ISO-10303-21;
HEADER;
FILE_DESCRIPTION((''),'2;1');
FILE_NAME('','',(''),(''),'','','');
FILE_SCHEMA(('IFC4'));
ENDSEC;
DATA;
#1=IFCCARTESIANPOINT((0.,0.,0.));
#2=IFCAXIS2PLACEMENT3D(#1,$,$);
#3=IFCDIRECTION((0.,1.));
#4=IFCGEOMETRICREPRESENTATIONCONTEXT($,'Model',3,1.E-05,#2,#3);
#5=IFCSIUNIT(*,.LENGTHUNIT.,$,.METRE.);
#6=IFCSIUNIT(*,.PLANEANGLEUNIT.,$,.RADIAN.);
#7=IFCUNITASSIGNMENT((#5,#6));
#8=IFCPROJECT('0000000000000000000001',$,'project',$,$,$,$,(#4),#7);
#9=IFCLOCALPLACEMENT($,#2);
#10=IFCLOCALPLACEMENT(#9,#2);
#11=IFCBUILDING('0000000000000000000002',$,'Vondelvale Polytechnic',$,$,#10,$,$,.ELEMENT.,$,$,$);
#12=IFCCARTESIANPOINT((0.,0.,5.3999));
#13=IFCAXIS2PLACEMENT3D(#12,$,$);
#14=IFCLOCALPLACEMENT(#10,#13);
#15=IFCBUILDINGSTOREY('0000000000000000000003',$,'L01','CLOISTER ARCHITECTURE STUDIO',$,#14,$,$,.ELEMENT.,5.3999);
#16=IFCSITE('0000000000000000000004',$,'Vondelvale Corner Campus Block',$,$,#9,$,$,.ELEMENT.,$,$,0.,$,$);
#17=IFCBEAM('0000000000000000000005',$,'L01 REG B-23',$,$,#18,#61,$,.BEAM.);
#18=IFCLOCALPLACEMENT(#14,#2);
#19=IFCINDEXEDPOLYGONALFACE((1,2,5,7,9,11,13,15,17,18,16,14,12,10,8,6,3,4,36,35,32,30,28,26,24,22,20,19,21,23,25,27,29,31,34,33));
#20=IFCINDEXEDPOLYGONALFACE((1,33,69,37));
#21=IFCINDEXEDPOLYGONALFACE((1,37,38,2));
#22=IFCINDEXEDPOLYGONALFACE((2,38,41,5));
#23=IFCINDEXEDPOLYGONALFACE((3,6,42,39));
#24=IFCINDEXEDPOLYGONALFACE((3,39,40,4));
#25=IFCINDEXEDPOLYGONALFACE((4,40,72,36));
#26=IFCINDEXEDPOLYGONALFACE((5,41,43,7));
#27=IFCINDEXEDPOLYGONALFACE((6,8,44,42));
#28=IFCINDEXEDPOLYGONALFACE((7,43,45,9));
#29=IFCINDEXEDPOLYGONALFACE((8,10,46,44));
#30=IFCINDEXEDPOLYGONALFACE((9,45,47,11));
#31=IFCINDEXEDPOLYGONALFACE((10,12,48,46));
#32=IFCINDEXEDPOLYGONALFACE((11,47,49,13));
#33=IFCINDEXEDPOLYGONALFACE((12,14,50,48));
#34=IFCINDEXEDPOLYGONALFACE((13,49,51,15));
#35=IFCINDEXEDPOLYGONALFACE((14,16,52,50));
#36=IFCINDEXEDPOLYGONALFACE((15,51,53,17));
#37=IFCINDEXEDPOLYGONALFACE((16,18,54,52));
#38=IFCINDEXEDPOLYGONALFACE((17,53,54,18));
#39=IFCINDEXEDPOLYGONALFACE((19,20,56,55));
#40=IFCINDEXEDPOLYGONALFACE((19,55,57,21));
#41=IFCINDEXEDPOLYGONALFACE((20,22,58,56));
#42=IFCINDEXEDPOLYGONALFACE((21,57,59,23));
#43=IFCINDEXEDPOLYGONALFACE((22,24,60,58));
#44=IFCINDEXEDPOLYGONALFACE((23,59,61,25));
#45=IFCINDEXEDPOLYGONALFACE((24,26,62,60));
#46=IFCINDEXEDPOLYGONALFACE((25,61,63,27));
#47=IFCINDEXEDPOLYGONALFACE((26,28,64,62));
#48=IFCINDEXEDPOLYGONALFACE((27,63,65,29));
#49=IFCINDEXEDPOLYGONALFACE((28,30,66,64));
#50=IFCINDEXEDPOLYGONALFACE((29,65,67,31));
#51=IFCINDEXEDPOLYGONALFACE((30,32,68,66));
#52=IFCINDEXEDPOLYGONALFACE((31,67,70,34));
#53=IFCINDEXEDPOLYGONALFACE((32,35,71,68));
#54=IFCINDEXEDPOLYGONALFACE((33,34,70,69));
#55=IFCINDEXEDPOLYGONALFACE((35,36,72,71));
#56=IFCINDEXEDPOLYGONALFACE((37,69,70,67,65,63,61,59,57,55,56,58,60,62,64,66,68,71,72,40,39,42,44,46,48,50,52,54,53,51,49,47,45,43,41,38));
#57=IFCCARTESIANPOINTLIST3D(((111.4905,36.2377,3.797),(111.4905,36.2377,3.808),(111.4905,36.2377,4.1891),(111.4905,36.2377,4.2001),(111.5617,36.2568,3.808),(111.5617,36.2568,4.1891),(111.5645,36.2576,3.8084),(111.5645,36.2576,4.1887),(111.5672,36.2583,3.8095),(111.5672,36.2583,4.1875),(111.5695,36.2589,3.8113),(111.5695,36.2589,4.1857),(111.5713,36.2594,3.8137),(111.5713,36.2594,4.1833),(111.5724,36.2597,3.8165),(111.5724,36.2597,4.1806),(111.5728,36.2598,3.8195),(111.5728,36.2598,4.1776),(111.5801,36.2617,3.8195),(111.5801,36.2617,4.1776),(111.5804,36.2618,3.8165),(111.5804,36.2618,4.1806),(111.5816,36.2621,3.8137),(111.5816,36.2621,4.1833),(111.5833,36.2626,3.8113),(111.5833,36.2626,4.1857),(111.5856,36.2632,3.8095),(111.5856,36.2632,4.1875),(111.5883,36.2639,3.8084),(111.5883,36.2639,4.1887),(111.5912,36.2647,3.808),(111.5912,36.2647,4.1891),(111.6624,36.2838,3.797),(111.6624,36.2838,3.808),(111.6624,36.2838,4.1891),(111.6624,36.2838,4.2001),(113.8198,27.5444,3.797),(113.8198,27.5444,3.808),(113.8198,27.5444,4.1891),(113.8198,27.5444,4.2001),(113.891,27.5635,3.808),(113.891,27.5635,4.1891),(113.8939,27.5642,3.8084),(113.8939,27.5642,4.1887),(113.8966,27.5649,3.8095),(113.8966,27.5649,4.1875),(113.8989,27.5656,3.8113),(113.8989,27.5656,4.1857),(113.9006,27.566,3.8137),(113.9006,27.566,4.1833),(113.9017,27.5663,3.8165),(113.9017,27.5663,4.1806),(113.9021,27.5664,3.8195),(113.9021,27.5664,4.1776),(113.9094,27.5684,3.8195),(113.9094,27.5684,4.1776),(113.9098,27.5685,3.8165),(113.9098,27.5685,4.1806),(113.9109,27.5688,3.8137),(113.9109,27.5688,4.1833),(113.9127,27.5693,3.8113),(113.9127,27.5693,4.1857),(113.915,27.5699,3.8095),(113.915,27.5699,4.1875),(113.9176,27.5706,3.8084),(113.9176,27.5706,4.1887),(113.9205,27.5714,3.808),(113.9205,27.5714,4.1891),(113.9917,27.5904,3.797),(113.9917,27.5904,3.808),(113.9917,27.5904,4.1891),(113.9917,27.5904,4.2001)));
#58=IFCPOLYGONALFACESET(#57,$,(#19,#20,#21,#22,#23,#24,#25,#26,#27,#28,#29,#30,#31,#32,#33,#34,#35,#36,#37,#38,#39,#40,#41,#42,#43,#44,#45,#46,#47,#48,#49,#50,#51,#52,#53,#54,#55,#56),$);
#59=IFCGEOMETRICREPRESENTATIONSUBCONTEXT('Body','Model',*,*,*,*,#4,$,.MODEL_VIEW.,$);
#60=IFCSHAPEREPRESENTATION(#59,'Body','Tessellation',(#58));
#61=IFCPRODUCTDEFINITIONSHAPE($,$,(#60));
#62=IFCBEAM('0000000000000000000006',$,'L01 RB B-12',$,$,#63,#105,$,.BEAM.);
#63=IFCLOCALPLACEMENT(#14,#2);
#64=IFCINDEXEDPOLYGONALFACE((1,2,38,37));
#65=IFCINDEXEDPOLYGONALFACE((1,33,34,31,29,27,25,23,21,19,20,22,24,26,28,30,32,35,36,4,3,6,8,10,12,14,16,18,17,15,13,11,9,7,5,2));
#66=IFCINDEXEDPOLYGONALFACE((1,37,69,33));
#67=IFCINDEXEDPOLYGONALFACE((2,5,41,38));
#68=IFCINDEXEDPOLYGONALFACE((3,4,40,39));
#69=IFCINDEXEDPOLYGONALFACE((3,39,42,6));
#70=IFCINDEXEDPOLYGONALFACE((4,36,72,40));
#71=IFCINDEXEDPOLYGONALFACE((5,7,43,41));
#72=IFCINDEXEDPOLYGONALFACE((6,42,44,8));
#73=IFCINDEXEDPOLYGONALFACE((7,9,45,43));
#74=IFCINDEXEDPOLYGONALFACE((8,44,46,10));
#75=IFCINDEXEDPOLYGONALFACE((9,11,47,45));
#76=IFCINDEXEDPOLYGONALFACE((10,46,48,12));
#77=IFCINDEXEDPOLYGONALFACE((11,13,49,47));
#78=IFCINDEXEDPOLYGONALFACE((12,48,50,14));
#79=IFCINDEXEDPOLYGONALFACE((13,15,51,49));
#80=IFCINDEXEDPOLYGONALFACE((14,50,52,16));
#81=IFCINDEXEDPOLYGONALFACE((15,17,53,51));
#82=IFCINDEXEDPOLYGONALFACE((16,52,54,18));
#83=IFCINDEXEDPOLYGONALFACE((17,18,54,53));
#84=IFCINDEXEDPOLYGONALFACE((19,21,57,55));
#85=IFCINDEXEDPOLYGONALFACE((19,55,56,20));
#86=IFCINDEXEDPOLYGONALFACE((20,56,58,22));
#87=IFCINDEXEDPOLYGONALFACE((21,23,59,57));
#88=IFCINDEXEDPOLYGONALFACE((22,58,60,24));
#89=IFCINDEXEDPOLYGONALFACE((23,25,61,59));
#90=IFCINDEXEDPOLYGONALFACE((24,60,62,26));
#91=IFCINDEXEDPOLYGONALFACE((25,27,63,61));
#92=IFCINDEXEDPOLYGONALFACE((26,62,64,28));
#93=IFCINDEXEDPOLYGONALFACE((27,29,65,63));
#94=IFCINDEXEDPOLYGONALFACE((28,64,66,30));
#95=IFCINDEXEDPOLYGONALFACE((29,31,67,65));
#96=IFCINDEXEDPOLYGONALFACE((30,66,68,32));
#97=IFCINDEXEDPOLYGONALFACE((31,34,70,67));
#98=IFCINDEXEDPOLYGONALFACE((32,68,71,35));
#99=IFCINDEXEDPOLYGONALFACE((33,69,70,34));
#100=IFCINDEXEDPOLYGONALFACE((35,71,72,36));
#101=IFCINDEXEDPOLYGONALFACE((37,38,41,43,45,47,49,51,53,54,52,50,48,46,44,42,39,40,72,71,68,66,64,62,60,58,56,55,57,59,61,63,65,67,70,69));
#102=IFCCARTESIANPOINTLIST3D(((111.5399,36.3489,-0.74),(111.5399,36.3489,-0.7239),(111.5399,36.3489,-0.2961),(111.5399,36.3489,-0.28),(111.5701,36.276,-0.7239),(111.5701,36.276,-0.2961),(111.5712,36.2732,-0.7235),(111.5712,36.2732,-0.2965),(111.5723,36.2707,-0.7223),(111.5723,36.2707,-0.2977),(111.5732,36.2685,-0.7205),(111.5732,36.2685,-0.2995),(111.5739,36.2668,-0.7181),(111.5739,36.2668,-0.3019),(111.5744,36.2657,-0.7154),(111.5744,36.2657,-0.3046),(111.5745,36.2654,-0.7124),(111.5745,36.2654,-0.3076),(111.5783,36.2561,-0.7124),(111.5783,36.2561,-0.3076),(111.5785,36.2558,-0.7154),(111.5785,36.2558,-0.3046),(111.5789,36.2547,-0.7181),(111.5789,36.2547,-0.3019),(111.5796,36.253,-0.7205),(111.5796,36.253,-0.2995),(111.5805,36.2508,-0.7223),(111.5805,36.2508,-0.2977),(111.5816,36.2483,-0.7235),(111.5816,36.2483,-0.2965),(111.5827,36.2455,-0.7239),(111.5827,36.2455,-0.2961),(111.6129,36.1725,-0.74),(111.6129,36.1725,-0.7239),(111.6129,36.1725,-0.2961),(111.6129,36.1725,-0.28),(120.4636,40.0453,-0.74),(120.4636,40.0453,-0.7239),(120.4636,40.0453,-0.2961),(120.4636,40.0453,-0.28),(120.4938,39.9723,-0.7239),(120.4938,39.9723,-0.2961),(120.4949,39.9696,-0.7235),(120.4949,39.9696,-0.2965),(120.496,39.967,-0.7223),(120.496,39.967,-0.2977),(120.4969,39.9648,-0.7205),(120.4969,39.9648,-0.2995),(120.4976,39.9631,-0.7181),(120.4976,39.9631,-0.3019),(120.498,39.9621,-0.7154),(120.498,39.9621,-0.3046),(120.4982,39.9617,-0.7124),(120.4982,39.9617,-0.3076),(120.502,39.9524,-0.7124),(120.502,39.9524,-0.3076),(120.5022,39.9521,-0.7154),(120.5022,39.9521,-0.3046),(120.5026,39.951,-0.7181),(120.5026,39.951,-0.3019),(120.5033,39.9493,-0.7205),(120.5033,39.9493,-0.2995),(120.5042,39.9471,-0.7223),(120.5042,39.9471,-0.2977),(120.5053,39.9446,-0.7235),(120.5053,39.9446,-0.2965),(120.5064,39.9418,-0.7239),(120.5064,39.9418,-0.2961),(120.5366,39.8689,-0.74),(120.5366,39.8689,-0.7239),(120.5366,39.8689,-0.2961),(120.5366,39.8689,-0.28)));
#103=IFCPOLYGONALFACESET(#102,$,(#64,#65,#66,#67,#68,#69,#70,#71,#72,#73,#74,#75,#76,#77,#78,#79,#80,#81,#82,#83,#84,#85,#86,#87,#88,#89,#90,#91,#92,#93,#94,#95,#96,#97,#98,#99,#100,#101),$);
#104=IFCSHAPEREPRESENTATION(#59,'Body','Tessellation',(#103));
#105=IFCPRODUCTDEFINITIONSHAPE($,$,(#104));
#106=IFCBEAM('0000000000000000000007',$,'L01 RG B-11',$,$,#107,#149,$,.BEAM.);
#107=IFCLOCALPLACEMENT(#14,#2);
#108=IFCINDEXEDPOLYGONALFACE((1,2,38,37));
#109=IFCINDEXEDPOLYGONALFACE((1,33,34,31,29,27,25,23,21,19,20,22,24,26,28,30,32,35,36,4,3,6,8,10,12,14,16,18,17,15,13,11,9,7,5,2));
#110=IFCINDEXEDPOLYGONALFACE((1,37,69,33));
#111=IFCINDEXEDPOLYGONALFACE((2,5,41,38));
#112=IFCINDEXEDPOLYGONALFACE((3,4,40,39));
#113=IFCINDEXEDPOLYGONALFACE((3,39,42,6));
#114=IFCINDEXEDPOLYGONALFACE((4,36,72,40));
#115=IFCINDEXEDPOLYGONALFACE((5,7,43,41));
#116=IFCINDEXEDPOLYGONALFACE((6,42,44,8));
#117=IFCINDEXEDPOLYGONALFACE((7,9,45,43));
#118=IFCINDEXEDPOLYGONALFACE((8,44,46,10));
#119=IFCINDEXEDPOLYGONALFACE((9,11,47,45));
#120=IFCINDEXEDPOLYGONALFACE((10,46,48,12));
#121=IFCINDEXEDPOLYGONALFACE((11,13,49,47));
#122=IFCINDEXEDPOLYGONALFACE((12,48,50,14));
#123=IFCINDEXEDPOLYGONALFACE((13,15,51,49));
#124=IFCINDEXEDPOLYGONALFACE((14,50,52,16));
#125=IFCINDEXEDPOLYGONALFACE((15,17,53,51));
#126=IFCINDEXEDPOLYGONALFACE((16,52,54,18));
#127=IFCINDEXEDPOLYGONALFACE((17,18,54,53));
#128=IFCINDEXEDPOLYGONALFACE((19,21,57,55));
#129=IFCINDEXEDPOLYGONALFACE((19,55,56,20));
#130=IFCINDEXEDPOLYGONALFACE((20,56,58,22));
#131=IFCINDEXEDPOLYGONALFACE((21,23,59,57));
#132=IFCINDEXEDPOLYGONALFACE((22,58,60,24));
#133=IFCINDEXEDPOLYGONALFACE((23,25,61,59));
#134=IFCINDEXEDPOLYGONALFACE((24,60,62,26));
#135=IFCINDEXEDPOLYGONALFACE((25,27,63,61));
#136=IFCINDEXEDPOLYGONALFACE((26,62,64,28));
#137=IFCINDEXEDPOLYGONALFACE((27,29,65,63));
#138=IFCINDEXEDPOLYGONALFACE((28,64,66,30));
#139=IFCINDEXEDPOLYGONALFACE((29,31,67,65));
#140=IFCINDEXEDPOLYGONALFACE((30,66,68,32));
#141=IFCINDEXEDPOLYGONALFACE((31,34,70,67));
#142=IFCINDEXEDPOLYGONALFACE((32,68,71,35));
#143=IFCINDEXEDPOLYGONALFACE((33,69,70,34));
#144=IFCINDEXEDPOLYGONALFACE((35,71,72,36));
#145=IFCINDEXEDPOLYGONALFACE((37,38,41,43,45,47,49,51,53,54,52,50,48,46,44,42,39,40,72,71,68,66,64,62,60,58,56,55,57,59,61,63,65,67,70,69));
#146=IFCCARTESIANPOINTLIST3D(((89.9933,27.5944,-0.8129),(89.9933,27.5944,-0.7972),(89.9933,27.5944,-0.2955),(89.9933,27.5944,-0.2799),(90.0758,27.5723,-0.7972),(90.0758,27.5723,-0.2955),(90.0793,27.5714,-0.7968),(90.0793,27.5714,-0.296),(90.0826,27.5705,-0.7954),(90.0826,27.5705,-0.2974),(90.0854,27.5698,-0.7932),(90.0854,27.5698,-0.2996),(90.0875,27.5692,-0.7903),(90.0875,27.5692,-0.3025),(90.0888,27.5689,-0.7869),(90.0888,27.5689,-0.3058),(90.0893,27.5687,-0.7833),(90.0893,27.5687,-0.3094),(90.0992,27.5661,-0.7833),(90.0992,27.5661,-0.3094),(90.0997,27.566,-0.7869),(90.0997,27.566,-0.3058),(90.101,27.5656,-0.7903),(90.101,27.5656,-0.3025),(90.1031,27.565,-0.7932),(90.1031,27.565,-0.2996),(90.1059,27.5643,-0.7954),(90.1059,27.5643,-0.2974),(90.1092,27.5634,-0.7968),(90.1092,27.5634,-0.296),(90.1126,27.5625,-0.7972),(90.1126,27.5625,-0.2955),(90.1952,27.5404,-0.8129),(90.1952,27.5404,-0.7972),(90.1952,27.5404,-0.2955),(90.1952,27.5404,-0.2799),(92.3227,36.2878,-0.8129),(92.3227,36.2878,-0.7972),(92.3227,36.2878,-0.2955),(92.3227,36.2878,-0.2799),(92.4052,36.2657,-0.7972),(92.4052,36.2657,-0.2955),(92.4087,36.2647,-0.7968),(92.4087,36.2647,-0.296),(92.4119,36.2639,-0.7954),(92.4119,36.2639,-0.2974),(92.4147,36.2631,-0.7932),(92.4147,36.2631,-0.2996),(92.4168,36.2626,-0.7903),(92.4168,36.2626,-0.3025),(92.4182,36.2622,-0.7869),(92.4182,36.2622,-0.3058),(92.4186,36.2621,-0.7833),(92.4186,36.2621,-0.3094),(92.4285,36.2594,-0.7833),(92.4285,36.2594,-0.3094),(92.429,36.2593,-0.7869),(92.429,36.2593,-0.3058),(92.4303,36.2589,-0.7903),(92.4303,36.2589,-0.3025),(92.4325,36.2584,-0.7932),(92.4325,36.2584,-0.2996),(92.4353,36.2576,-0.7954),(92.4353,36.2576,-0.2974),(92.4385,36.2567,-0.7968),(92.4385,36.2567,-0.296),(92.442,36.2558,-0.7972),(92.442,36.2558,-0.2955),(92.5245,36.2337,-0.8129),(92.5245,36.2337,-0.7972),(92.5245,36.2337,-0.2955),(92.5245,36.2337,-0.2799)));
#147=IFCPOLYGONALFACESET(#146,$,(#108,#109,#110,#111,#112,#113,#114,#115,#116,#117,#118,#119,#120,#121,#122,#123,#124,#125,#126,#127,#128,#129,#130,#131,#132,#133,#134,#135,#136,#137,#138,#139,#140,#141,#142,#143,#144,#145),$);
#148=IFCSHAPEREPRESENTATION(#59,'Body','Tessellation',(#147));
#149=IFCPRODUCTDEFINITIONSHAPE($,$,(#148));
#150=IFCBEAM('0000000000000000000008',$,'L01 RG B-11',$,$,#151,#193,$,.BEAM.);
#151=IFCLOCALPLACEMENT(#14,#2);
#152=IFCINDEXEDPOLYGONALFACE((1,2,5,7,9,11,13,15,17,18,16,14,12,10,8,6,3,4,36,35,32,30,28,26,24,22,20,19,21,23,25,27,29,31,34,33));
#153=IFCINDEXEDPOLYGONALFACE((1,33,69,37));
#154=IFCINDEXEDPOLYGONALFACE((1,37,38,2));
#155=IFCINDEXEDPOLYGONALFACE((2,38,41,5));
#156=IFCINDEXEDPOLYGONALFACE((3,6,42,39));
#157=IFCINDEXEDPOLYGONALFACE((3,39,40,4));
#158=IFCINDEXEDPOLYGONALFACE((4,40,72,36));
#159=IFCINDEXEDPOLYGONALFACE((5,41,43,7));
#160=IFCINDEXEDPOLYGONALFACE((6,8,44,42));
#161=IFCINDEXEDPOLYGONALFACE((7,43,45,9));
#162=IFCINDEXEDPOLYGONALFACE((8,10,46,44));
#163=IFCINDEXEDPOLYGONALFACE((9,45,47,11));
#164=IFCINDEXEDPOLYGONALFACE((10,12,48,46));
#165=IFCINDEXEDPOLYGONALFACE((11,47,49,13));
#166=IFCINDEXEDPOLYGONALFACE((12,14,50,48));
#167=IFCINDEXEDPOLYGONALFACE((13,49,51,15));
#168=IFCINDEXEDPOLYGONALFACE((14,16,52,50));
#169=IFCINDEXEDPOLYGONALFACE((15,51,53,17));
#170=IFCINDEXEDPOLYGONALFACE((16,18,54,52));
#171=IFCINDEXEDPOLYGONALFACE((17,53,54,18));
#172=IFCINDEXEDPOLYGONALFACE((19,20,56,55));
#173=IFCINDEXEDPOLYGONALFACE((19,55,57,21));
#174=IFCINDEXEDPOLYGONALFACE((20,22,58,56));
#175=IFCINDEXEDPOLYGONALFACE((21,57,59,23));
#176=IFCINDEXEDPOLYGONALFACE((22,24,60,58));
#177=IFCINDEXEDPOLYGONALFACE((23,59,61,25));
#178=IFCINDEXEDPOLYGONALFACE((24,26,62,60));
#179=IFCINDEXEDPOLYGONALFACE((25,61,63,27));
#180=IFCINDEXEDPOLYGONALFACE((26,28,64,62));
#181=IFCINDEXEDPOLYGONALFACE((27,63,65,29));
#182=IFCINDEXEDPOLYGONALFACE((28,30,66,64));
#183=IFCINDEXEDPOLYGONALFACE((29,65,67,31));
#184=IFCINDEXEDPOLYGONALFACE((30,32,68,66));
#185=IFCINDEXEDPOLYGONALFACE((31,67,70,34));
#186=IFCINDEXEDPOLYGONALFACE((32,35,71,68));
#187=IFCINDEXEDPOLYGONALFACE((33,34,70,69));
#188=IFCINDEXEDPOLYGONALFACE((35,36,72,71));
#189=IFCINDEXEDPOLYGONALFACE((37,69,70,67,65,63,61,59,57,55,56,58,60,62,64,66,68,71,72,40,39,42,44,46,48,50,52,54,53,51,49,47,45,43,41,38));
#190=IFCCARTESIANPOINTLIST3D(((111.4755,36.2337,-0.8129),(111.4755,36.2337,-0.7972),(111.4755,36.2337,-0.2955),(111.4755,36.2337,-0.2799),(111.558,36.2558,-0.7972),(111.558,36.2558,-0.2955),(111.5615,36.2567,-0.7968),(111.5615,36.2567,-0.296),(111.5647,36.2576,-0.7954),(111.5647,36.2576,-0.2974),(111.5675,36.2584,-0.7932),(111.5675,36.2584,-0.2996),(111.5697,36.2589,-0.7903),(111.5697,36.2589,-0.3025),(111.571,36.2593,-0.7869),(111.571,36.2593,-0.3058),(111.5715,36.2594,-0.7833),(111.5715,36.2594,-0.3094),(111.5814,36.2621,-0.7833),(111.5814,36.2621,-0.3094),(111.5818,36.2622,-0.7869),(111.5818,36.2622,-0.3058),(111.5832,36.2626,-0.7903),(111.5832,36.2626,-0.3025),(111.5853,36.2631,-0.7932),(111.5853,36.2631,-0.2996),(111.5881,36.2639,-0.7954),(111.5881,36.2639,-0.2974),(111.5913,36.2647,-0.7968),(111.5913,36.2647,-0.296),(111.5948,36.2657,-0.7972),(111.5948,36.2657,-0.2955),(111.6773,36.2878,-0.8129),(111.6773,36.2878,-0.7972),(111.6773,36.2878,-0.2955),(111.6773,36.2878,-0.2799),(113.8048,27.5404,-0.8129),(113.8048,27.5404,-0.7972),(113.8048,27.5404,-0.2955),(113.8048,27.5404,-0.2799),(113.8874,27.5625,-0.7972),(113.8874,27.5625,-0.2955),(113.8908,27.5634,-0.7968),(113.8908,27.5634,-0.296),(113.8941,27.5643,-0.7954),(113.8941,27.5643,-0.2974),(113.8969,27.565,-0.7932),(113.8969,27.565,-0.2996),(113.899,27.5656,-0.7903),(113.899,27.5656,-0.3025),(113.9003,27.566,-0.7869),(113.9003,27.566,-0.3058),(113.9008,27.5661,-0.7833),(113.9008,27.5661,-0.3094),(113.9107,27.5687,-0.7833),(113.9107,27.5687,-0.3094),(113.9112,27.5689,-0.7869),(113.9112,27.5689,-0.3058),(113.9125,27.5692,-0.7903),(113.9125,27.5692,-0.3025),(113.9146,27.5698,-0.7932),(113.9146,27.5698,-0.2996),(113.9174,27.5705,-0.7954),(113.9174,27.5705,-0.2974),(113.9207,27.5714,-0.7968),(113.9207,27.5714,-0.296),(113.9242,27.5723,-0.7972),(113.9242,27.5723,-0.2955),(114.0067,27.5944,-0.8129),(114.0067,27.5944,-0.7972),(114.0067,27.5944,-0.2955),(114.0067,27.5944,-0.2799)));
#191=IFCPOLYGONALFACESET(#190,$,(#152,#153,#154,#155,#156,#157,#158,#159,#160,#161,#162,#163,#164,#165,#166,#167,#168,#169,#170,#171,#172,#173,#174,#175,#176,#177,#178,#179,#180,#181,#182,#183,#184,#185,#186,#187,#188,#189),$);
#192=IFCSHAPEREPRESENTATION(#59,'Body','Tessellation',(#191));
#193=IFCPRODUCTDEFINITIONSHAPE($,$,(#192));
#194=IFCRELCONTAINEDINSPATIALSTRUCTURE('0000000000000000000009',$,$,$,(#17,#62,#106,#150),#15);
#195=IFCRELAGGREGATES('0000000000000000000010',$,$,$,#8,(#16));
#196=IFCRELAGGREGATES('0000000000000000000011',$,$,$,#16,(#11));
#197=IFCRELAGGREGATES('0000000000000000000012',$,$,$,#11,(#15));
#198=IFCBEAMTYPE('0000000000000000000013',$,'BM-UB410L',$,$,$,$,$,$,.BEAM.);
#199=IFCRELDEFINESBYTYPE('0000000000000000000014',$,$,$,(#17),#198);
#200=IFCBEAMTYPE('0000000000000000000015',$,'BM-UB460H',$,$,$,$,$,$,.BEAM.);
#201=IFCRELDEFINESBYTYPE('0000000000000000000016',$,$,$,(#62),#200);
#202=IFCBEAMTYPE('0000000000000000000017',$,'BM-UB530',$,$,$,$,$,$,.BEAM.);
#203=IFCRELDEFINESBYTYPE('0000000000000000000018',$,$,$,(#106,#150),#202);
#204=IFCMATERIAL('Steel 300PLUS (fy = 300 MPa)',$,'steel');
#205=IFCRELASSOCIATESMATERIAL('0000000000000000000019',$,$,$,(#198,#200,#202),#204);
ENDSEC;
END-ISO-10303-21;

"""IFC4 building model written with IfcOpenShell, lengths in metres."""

from ifc_helpers import new_model, si_unit, direction, frame, origin, origin_2d, place, context, subcontext, project, spatial, i_section, extrude, material, material_profile, profile_set, type_object, element, save


model = new_model("IFC4")

# Units and contexts
model_context = context("Model", 3, precision=1e-05, world=origin(), true_north=direction((0.0, 1.0)))
body_context = subcontext(model_context, "Body", "Model", "MODEL_VIEW")
ifc_project = project(units=[si_unit("LENGTHUNIT", "METRE"), si_unit("PLANEANGLEUNIT", "RADIAN")], contexts=[model_context])

# Site, building, storey
site_placement = place(None, origin())
site = spatial("IfcSite", under=ifc_project, at=site_placement, Name="Vondelvale Corner Campus Block", CompositionType="ELEMENT", RefElevation=0.0)
building_placement = place(site_placement, origin())
building = spatial("IfcBuilding", under=site, at=building_placement, Name="Vondelvale Polytechnic", CompositionType="ELEMENT")
storey_placement = place(building_placement, frame((0.0, 0.0, 5.3999)))
storey = spatial("IfcBuildingStorey", under=building, at=storey_placement, Name="L01", Description="CLOISTER ARCHITECTURE STUDIO", CompositionType="ELEMENT", Elevation=5.3999)

# Shared definitions
ifc_material_1 = material(Name="Steel 300PLUS (fy = 300 MPa)", Category="steel")

# Beams
ifc_material_profile_1 = material_profile(ifc_material_1, i_section(OverallWidth=0.178, OverallDepth=0.4031, WebThickness=0.0076, FlangeThickness=0.011, FilletRadius=0.0115, at=origin_2d()), Name="410UB53.7")
ifc_profile_set_1 = profile_set([ifc_material_profile_1], Name="Steel 300PLUS (fy = 300 MPa)")
beam_type_1 = type_object("IfcBeamType", Name="BM-UB410L", PredefinedType="BEAM", material=ifc_profile_set_1)
beam_1_placement = place(storey_placement, frame((111.5764, 36.2607, 3.9985), z_axis=(0.258816, -0.965927, 0.0), x_axis=(0.965927, 0.258816, 0.0)))
element("IfcBeam", 1, at=beam_1_placement, inside=storey, type_object=beam_type_1, Name="L01 REG B-23", PredefinedType="BEAM", context=body_context, shape_type="SweptSolid", body=[
    extrude(i_section(OverallWidth=0.178, OverallDepth=0.4031, WebThickness=0.0076, FlangeThickness=0.011, FilletRadius=0.0115, at=origin_2d()), origin(), (0.0, 0.0, 1.0), 9.0),
])
ifc_material_profile_2 = material_profile(ifc_material_1, i_section(OverallWidth=0.1909, OverallDepth=0.46, WebThickness=0.01, FlangeThickness=0.0161, FilletRadius=0.0115, at=origin_2d()), Name="460UB82.1")
ifc_profile_set_2 = profile_set([ifc_material_profile_2], Name="Steel 300PLUS (fy = 300 MPa)")
beam_type_2 = type_object("IfcBeamType", Name="BM-UB460H", PredefinedType="BEAM", material=ifc_profile_set_2)
beam_2_placement = place(storey_placement, frame((111.5764, 36.2607, -0.51), z_axis=(0.923879, 0.382685, 0.0), x_axis=(-0.382685, 0.923879, 0.0)))
element("IfcBeam", 2, at=beam_2_placement, inside=storey, type_object=beam_type_2, Name="L01 RB B-12", PredefinedType="BEAM", context=body_context, shape_type="SweptSolid", body=[
    extrude(i_section(OverallWidth=0.1909, OverallDepth=0.46, WebThickness=0.01, FlangeThickness=0.0161, FilletRadius=0.0115, at=origin_2d()), origin(), (0.0, 0.0, 1.0), 9.6589),
])
ifc_material_profile_3 = material_profile(ifc_material_1, i_section(OverallWidth=0.209, OverallDepth=0.533, WebThickness=0.0103, FlangeThickness=0.0156, FilletRadius=0.0139, at=origin_2d()), Name="530UB92.4")
ifc_profile_set_3 = profile_set([ifc_material_profile_3], Name="Steel 300PLUS (fy = 300 MPa)")
beam_type_3 = type_object("IfcBeamType", Name="BM-UB530", PredefinedType="BEAM", material=ifc_profile_set_3)
for number, where, z_axis, x_axis, name in (
    (3, (92.4236, 36.2607, -0.5464), (-0.258816, -0.965927, 0.0), (0.965927, -0.258816, 0.0), "L01 RG B-11"),
    (4, (111.5764, 36.2607, -0.5464), (0.258816, -0.965927, 0.0), (0.965927, 0.258816, 0.0), "L01 RG B-11"),
):
    element("IfcBeam", number, at=place(storey_placement, frame(where, z_axis=z_axis, x_axis=x_axis)), inside=storey, type_object=beam_type_3, Name=name, PredefinedType="BEAM", context=body_context, shape_type="SweptSolid", body=[
        extrude(i_section(OverallWidth=0.209, OverallDepth=0.533, WebThickness=0.0103, FlangeThickness=0.0156, FilletRadius=0.0139, at=origin_2d()), origin(), (0.0, 0.0, 1.0), 9.0),
    ])

save(model, "model.ifc")
